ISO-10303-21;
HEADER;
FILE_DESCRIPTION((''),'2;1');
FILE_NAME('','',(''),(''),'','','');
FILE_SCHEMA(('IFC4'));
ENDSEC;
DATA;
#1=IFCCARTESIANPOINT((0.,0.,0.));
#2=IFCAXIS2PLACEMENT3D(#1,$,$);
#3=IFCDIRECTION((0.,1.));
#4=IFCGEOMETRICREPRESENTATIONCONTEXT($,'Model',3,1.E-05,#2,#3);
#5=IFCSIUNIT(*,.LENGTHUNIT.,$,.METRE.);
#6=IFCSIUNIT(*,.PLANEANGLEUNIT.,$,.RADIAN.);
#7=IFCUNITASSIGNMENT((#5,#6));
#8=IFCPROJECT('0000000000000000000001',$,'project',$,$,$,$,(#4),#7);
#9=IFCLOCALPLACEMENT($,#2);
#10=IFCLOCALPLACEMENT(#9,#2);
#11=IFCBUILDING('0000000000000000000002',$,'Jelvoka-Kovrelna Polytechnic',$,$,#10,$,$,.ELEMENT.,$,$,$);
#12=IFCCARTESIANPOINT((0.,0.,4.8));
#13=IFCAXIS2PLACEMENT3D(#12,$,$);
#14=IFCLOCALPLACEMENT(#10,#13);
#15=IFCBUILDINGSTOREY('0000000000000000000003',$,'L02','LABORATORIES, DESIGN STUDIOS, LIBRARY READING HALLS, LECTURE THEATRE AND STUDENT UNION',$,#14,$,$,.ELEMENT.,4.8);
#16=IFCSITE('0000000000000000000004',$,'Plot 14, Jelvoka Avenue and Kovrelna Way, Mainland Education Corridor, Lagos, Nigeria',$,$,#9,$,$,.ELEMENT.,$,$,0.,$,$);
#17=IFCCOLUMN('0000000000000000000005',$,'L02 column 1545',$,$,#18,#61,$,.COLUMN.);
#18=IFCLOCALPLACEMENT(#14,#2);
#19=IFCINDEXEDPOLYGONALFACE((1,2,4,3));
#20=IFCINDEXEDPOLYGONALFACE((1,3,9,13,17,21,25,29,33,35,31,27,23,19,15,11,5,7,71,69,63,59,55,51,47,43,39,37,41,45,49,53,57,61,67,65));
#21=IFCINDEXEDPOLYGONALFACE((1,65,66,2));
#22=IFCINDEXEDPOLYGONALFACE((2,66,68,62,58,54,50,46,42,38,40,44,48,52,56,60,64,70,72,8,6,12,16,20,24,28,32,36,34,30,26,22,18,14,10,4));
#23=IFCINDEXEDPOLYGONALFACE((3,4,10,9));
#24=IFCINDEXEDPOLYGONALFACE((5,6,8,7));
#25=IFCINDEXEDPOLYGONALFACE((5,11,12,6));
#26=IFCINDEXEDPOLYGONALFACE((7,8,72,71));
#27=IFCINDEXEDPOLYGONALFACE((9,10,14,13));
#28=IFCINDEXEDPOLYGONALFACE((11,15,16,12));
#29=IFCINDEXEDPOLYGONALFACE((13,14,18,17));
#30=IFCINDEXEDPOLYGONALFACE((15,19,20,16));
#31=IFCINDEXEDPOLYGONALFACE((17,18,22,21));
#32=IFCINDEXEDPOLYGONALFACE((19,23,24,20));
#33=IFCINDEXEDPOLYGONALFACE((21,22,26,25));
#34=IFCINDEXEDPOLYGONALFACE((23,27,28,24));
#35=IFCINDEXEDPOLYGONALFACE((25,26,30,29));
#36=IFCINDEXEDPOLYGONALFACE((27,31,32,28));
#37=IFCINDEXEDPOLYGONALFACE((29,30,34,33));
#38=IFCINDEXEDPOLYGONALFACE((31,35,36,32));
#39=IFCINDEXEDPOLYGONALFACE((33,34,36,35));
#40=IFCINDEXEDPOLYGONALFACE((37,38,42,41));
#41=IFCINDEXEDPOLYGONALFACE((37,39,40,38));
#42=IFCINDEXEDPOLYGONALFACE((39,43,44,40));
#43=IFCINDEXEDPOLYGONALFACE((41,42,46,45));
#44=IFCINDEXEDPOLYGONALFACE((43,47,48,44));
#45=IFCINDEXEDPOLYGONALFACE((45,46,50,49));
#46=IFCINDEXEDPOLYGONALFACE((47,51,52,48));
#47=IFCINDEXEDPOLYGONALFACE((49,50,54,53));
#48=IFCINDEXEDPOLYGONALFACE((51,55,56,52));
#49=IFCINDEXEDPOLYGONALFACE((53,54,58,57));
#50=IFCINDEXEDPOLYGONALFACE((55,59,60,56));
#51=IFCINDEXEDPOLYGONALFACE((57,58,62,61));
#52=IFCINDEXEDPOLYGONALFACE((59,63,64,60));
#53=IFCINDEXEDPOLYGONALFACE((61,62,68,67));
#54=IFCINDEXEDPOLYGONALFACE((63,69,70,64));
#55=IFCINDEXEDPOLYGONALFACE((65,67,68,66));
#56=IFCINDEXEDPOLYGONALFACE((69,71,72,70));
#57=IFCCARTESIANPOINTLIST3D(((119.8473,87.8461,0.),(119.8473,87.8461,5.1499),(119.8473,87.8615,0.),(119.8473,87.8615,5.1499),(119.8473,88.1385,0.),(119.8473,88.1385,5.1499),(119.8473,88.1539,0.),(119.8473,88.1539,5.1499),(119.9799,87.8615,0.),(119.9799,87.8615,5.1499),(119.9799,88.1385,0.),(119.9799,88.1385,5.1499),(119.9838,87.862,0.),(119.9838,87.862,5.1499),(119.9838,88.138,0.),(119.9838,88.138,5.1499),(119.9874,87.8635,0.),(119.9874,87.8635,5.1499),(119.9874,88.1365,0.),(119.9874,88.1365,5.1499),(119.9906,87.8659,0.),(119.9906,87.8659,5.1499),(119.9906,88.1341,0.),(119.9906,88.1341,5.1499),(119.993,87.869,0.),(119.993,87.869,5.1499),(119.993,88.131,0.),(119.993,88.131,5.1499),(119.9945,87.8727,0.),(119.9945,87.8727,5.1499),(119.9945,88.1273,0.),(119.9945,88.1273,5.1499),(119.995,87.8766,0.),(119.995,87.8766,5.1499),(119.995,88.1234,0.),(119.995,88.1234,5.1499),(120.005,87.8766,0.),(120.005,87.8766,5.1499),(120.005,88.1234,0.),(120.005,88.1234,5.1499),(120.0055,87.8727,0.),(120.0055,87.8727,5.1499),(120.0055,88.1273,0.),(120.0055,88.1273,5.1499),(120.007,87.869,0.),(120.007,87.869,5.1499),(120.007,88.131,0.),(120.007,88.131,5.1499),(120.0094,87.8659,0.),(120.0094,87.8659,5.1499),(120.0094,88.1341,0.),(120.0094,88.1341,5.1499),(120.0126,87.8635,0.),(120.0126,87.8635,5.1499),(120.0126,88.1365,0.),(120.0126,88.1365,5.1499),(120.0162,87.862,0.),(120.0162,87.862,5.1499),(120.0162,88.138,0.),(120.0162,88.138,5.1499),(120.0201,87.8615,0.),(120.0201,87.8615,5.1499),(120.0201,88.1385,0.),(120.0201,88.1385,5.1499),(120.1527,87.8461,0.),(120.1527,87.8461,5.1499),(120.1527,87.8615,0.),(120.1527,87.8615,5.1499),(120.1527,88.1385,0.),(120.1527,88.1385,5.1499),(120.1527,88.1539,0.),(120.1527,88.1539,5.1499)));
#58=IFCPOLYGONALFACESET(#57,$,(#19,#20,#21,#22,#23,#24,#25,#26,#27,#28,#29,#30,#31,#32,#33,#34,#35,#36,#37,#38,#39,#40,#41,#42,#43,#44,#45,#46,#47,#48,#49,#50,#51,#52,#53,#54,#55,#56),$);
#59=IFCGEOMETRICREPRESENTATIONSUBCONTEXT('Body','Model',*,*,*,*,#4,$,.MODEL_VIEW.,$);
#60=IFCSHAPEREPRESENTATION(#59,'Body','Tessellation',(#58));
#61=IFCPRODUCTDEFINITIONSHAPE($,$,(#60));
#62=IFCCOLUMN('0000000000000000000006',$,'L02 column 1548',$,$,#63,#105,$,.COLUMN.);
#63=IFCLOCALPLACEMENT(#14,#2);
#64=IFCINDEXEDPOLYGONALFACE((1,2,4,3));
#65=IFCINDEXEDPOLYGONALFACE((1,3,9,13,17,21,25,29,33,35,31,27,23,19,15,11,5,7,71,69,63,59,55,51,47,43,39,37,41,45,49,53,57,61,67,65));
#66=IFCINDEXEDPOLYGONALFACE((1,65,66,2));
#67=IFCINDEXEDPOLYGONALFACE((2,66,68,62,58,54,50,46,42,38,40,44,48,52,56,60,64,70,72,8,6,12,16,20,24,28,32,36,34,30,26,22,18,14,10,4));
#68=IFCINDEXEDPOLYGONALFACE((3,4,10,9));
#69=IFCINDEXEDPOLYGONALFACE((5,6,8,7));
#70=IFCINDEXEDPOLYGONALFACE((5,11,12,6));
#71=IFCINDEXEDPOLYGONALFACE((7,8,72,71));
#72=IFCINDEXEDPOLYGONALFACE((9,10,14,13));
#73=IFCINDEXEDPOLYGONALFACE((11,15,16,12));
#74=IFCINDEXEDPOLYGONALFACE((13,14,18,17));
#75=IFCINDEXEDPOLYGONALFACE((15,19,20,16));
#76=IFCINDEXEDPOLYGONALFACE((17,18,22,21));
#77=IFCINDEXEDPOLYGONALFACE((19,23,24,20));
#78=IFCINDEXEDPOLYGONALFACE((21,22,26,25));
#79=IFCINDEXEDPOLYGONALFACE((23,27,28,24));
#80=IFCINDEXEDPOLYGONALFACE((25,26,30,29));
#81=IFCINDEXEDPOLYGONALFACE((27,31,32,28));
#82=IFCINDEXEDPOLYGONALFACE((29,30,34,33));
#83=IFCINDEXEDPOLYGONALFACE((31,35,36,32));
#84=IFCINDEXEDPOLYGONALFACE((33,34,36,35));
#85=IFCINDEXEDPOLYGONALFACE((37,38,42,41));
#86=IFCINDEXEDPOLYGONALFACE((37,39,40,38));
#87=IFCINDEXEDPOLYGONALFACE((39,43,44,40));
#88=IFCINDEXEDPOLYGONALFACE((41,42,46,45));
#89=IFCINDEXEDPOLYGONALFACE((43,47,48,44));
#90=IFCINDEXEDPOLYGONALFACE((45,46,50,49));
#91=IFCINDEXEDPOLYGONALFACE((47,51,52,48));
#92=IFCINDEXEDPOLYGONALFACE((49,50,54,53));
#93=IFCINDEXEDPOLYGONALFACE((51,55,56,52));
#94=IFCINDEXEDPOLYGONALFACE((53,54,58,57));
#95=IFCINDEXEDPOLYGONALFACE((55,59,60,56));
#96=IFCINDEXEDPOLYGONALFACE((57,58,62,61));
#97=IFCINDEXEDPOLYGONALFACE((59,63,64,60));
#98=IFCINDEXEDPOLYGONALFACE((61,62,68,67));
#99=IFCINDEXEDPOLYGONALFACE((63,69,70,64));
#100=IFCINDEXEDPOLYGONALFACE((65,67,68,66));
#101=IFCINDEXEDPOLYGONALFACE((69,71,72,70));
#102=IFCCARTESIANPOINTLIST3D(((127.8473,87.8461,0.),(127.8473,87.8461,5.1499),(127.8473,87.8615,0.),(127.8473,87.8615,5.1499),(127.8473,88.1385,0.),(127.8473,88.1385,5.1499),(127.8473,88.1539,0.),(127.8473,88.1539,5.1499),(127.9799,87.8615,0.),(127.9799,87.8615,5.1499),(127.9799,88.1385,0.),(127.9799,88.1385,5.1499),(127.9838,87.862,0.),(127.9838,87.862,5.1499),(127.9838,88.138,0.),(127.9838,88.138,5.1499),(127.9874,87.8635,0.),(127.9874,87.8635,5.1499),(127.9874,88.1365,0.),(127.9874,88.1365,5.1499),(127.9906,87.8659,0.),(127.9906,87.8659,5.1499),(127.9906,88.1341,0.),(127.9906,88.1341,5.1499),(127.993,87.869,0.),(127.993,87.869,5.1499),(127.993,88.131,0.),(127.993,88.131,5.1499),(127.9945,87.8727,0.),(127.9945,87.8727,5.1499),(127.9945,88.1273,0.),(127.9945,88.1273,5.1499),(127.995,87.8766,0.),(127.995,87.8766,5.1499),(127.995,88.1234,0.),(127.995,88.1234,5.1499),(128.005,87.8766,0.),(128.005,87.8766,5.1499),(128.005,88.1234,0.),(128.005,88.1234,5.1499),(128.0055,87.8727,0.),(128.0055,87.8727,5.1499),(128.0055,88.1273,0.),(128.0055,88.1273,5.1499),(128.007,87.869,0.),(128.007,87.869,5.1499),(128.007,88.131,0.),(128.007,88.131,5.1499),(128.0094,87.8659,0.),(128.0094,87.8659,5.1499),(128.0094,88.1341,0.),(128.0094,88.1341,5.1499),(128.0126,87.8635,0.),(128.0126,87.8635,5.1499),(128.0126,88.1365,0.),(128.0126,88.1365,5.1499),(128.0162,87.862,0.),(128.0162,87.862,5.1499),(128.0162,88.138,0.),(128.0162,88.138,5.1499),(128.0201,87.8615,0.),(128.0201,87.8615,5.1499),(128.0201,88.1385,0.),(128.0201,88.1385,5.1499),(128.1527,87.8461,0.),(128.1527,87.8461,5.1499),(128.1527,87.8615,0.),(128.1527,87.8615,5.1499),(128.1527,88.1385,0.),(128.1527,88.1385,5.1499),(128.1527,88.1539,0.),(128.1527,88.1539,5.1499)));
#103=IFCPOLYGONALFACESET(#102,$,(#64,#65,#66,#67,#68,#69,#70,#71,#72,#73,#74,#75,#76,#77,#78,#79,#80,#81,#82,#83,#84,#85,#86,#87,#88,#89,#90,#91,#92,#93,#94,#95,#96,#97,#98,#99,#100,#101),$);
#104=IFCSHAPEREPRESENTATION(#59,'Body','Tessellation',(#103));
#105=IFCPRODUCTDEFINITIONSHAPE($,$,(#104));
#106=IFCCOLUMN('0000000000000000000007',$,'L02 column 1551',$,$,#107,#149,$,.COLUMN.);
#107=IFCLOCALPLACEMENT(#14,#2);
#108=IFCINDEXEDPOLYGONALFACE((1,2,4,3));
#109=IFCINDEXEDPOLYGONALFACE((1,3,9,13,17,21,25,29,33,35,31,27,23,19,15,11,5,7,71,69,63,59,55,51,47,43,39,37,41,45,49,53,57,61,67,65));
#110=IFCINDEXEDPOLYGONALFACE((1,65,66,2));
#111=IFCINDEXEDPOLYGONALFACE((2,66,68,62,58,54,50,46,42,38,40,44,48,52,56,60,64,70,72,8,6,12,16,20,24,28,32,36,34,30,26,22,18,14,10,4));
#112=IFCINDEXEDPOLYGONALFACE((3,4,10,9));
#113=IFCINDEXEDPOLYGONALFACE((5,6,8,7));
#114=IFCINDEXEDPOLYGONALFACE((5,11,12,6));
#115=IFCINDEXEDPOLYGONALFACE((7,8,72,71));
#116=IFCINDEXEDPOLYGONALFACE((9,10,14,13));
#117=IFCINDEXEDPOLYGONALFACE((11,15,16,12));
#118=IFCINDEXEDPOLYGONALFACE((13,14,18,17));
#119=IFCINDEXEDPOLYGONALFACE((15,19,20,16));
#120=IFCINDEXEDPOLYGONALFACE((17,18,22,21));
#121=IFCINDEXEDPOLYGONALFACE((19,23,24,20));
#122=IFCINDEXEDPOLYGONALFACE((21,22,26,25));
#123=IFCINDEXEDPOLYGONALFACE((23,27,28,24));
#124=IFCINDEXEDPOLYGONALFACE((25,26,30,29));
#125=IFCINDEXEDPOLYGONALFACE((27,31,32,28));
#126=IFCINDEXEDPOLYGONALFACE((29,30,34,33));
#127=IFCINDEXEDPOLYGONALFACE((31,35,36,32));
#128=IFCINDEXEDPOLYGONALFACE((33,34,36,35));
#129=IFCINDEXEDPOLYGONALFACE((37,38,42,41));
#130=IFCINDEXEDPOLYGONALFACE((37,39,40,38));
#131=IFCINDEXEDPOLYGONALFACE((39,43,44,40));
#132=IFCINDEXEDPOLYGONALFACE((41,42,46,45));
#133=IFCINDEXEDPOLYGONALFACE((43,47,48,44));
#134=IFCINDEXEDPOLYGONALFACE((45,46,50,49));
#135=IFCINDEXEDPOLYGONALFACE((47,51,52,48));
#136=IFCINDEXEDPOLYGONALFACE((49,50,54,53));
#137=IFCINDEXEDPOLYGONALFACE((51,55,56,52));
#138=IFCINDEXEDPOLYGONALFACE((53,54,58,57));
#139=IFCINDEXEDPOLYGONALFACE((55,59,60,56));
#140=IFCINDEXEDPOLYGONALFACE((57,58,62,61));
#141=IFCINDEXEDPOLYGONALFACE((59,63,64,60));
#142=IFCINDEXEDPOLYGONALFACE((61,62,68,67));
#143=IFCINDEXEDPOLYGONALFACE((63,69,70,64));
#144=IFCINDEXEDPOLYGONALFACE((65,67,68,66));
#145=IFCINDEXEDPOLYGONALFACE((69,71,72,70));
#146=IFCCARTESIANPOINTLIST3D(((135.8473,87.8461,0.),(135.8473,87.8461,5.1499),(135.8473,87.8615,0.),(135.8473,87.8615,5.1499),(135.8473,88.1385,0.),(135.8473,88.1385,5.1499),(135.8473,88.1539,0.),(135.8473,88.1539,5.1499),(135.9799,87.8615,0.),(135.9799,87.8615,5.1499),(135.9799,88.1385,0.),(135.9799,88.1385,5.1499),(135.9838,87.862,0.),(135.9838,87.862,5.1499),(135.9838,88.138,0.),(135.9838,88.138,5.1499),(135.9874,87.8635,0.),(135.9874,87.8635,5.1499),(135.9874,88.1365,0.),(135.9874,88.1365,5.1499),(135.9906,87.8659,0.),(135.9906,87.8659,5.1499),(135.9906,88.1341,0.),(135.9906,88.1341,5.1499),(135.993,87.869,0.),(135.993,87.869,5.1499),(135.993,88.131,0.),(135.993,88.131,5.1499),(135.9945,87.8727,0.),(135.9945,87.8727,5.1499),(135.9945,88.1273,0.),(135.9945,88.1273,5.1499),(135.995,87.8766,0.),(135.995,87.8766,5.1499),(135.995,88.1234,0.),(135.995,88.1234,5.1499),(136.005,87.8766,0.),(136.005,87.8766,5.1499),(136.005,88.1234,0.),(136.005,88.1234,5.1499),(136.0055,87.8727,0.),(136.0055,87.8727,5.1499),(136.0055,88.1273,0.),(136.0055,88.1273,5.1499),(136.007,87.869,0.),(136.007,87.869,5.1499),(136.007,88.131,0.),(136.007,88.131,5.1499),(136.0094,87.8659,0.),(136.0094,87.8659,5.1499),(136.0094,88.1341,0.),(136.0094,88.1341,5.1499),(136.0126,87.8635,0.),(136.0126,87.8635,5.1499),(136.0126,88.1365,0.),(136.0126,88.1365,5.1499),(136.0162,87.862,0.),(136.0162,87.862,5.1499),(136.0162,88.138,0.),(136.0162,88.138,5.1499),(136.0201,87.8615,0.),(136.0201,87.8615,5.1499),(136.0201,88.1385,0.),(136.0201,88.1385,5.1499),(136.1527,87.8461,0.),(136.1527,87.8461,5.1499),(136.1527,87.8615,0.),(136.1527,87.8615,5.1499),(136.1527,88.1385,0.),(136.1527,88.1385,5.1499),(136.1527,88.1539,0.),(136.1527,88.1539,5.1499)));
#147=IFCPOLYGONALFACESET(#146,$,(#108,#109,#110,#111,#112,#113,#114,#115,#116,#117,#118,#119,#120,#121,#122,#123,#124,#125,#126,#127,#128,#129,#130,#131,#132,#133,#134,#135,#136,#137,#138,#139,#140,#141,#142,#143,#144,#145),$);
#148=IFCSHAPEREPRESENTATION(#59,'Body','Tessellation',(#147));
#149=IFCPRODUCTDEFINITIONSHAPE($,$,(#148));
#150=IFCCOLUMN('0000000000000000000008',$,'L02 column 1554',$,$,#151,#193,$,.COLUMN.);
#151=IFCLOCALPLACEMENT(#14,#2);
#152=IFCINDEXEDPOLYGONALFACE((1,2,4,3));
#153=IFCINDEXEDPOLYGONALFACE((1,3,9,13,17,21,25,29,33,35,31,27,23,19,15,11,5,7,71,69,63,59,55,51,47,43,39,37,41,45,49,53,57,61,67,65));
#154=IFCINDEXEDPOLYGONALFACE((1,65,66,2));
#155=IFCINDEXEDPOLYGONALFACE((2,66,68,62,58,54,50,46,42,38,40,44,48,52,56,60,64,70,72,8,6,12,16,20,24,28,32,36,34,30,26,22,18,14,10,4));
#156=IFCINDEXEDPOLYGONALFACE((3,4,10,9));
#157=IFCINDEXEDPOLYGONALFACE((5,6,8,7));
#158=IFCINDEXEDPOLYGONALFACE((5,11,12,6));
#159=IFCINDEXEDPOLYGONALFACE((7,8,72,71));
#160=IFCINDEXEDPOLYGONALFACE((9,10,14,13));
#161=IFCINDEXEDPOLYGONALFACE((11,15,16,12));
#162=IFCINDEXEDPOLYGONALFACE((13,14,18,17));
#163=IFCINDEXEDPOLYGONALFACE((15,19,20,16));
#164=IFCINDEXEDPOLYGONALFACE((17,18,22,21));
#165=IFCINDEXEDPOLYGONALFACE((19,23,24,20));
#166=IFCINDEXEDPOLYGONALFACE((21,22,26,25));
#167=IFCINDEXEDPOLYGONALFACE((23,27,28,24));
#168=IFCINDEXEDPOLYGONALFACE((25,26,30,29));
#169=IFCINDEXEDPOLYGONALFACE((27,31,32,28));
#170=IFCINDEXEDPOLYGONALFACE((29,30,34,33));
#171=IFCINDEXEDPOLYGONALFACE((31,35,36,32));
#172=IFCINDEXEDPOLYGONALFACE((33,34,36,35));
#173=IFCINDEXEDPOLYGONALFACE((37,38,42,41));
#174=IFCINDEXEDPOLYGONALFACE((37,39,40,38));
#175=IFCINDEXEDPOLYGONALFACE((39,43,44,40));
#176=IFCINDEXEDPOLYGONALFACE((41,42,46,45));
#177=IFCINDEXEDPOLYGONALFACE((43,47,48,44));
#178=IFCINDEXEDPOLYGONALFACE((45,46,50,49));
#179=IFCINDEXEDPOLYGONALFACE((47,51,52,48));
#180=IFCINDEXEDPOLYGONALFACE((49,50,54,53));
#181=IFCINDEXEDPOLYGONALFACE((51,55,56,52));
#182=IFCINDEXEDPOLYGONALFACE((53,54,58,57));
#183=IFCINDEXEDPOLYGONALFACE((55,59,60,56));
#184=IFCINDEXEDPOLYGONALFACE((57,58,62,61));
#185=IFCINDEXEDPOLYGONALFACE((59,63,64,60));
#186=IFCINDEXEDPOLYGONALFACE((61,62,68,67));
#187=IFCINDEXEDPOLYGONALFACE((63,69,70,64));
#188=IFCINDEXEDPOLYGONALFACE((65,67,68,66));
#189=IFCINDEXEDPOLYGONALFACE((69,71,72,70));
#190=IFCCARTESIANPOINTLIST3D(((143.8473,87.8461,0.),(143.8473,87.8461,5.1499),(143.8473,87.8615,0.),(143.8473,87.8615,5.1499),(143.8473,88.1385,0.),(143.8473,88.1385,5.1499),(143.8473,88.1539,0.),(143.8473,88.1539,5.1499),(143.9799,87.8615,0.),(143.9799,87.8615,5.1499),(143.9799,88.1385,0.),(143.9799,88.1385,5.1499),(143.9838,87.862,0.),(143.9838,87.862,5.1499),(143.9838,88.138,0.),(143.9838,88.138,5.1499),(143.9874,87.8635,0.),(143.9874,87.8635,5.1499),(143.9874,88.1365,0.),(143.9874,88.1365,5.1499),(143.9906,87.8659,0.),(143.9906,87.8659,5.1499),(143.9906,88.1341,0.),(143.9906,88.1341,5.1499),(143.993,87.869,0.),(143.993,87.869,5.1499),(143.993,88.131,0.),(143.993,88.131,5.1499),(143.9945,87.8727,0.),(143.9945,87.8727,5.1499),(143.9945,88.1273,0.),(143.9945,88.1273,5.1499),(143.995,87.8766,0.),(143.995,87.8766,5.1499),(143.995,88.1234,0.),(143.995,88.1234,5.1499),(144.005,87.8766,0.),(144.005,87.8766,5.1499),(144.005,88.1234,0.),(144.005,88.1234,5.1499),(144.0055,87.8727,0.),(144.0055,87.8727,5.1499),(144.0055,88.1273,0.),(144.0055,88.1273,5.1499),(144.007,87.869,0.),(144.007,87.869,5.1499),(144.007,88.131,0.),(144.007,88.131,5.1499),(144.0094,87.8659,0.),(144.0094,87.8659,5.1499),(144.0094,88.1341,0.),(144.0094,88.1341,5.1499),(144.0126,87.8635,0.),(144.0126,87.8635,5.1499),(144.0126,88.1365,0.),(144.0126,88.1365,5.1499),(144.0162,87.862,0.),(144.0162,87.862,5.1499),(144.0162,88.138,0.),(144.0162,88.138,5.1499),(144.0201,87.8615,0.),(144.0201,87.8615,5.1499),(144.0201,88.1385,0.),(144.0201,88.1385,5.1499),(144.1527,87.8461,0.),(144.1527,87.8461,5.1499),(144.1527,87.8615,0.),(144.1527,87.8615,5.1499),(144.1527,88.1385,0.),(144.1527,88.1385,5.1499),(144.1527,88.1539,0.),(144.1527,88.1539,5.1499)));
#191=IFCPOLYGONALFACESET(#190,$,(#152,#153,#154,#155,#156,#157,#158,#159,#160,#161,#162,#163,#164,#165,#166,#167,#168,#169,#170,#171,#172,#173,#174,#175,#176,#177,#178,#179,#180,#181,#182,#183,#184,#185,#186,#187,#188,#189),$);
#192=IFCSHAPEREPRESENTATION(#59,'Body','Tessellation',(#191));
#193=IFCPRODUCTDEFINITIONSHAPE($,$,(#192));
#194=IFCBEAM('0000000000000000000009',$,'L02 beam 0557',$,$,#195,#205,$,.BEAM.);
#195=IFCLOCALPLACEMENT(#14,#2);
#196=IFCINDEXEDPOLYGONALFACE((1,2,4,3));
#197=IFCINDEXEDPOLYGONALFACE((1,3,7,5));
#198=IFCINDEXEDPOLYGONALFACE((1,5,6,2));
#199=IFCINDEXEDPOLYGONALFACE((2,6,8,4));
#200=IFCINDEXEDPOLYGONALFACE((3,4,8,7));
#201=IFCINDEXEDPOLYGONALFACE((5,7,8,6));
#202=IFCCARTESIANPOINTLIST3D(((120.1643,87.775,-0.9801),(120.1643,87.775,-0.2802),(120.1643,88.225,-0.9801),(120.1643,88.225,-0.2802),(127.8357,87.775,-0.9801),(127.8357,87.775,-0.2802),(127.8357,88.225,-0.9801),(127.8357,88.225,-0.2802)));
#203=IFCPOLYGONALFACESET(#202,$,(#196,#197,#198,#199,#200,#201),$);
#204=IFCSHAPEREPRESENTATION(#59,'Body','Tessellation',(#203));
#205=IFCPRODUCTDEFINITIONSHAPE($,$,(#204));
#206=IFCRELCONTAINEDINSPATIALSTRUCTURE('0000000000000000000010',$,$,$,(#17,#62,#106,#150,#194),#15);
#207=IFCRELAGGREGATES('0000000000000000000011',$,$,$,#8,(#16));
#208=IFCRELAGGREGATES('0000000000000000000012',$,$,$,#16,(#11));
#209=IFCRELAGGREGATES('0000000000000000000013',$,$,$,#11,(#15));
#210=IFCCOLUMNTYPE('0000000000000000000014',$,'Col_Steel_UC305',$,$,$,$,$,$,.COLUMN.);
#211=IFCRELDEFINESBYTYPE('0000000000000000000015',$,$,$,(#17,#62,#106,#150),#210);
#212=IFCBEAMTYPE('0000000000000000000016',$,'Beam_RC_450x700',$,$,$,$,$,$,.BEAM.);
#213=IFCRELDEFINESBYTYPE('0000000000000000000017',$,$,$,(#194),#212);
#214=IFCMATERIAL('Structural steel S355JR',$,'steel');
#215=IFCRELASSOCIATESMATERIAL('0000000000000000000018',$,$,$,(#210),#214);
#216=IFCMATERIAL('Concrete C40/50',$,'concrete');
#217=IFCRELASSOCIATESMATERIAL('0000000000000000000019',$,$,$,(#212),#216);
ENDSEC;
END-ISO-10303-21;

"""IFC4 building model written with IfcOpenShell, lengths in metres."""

from ifc_helpers import new_model, si_unit, direction, frame, origin, origin_2d, place, context, subcontext, project, spatial, rectangle, i_section, extrude, material, material_profile, profile_set, type_object, element, save


model = new_model("IFC4")

# Units and contexts
model_context = context("Model", 3, precision=1e-05, world=origin(), true_north=direction((0.0, 1.0)))
body_context = subcontext(model_context, "Body", "Model", "MODEL_VIEW")
ifc_project = project(units=[si_unit("LENGTHUNIT", "METRE"), si_unit("PLANEANGLEUNIT", "RADIAN")], contexts=[model_context])

# Site, building, storey
site_placement = place(None, origin())
site = spatial("IfcSite", under=ifc_project, at=site_placement, Name="Plot 14, Jelvoka Avenue and Kovrelna Way, Mainland Education Corridor, Lagos, Nigeria", CompositionType="ELEMENT", RefElevation=0.0)
building_placement = place(site_placement, origin())
building = spatial("IfcBuilding", under=site, at=building_placement, Name="Jelvoka-Kovrelna Polytechnic", CompositionType="ELEMENT")
storey_placement = place(building_placement, frame((0.0, 0.0, 4.8)))
storey = spatial("IfcBuildingStorey", under=building, at=storey_placement, Name="L02", Description="LABORATORIES, DESIGN STUDIOS, LIBRARY READING HALLS, LECTURE THEATRE AND STUDENT UNION", CompositionType="ELEMENT", Elevation=4.8)

# Columns
ifc_material_1 = material(Name="Structural steel S355JR", Category="steel")
ifc_material_profile_1 = material_profile(ifc_material_1, i_section(OverallWidth=0.3054, OverallDepth=0.3079, WebThickness=0.01, FlangeThickness=0.0154, FilletRadius=0.0151, at=origin_2d()), Name="305x305x97 UC")
ifc_profile_set_1 = profile_set([ifc_material_profile_1], Name="Structural steel S355JR")
column_type = type_object("IfcColumnType", Name="Col_Steel_UC305", PredefinedType="COLUMN", material=ifc_profile_set_1)
for number, where, z_axis, x_axis, name in (
    (1, (120.0, 88.0, 0.0), (0.0, 0.0, 1.0), (1.0, 0.0, 0.0), "L02 column 1545"),
    (2, (128.0, 88.0, 0.0), (0.0, 0.0, 1.0), (1.0, 0.0, 0.0), "L02 column 1548"),
    (3, (136.0, 88.0, 0.0), (0.0, 0.0, 1.0), (1.0, 0.0, 0.0), "L02 column 1551"),
    (4, (144.0, 88.0, 0.0), (0.0, 0.0, 1.0), (1.0, 0.0, 0.0), "L02 column 1554"),
):
    element("IfcColumn", number, at=place(storey_placement, frame(where, z_axis=z_axis, x_axis=x_axis)), inside=storey, type_object=column_type, Name=name, PredefinedType="COLUMN", context=body_context, shape_type="SweptSolid", body=[
        extrude(i_section(OverallWidth=0.3054, OverallDepth=0.3079, WebThickness=0.01, FlangeThickness=0.0154, FilletRadius=0.0151, at=origin_2d()), origin(), (0.0, 0.0, 1.0), 5.1499),
    ])

# Beam
ifc_material_2 = material(Name="Concrete C40/50", Category="concrete")
ifc_material_profile_2 = material_profile(ifc_material_2, rectangle(XDim=0.45, YDim=0.7, at=origin_2d()), Name="RC 450x700")
ifc_profile_set_2 = profile_set([ifc_material_profile_2], Name="Concrete C40/50")
beam_type_1 = type_object("IfcBeamType", Name="Beam_RC_450x700", PredefinedType="BEAM", material=ifc_profile_set_2)
for number, where, z_axis, x_axis, name in (
    (5, (120.1643, 88.0, -0.6301), (1.0, 0.0, 0.0), (0.0, 1.0, 0.0), "L02 beam 0557"),
):
    element("IfcBeam", number, at=place(storey_placement, frame(where, z_axis=z_axis, x_axis=x_axis)), inside=storey, type_object=beam_type_1, Name=name, PredefinedType="BEAM", context=body_context, shape_type="SweptSolid", body=[
        extrude(rectangle(XDim=0.45, YDim=0.7, at=origin_2d()), origin(), (0.0, 0.0, 1.0), 7.6714),
    ])

save(model, "model.ifc")
